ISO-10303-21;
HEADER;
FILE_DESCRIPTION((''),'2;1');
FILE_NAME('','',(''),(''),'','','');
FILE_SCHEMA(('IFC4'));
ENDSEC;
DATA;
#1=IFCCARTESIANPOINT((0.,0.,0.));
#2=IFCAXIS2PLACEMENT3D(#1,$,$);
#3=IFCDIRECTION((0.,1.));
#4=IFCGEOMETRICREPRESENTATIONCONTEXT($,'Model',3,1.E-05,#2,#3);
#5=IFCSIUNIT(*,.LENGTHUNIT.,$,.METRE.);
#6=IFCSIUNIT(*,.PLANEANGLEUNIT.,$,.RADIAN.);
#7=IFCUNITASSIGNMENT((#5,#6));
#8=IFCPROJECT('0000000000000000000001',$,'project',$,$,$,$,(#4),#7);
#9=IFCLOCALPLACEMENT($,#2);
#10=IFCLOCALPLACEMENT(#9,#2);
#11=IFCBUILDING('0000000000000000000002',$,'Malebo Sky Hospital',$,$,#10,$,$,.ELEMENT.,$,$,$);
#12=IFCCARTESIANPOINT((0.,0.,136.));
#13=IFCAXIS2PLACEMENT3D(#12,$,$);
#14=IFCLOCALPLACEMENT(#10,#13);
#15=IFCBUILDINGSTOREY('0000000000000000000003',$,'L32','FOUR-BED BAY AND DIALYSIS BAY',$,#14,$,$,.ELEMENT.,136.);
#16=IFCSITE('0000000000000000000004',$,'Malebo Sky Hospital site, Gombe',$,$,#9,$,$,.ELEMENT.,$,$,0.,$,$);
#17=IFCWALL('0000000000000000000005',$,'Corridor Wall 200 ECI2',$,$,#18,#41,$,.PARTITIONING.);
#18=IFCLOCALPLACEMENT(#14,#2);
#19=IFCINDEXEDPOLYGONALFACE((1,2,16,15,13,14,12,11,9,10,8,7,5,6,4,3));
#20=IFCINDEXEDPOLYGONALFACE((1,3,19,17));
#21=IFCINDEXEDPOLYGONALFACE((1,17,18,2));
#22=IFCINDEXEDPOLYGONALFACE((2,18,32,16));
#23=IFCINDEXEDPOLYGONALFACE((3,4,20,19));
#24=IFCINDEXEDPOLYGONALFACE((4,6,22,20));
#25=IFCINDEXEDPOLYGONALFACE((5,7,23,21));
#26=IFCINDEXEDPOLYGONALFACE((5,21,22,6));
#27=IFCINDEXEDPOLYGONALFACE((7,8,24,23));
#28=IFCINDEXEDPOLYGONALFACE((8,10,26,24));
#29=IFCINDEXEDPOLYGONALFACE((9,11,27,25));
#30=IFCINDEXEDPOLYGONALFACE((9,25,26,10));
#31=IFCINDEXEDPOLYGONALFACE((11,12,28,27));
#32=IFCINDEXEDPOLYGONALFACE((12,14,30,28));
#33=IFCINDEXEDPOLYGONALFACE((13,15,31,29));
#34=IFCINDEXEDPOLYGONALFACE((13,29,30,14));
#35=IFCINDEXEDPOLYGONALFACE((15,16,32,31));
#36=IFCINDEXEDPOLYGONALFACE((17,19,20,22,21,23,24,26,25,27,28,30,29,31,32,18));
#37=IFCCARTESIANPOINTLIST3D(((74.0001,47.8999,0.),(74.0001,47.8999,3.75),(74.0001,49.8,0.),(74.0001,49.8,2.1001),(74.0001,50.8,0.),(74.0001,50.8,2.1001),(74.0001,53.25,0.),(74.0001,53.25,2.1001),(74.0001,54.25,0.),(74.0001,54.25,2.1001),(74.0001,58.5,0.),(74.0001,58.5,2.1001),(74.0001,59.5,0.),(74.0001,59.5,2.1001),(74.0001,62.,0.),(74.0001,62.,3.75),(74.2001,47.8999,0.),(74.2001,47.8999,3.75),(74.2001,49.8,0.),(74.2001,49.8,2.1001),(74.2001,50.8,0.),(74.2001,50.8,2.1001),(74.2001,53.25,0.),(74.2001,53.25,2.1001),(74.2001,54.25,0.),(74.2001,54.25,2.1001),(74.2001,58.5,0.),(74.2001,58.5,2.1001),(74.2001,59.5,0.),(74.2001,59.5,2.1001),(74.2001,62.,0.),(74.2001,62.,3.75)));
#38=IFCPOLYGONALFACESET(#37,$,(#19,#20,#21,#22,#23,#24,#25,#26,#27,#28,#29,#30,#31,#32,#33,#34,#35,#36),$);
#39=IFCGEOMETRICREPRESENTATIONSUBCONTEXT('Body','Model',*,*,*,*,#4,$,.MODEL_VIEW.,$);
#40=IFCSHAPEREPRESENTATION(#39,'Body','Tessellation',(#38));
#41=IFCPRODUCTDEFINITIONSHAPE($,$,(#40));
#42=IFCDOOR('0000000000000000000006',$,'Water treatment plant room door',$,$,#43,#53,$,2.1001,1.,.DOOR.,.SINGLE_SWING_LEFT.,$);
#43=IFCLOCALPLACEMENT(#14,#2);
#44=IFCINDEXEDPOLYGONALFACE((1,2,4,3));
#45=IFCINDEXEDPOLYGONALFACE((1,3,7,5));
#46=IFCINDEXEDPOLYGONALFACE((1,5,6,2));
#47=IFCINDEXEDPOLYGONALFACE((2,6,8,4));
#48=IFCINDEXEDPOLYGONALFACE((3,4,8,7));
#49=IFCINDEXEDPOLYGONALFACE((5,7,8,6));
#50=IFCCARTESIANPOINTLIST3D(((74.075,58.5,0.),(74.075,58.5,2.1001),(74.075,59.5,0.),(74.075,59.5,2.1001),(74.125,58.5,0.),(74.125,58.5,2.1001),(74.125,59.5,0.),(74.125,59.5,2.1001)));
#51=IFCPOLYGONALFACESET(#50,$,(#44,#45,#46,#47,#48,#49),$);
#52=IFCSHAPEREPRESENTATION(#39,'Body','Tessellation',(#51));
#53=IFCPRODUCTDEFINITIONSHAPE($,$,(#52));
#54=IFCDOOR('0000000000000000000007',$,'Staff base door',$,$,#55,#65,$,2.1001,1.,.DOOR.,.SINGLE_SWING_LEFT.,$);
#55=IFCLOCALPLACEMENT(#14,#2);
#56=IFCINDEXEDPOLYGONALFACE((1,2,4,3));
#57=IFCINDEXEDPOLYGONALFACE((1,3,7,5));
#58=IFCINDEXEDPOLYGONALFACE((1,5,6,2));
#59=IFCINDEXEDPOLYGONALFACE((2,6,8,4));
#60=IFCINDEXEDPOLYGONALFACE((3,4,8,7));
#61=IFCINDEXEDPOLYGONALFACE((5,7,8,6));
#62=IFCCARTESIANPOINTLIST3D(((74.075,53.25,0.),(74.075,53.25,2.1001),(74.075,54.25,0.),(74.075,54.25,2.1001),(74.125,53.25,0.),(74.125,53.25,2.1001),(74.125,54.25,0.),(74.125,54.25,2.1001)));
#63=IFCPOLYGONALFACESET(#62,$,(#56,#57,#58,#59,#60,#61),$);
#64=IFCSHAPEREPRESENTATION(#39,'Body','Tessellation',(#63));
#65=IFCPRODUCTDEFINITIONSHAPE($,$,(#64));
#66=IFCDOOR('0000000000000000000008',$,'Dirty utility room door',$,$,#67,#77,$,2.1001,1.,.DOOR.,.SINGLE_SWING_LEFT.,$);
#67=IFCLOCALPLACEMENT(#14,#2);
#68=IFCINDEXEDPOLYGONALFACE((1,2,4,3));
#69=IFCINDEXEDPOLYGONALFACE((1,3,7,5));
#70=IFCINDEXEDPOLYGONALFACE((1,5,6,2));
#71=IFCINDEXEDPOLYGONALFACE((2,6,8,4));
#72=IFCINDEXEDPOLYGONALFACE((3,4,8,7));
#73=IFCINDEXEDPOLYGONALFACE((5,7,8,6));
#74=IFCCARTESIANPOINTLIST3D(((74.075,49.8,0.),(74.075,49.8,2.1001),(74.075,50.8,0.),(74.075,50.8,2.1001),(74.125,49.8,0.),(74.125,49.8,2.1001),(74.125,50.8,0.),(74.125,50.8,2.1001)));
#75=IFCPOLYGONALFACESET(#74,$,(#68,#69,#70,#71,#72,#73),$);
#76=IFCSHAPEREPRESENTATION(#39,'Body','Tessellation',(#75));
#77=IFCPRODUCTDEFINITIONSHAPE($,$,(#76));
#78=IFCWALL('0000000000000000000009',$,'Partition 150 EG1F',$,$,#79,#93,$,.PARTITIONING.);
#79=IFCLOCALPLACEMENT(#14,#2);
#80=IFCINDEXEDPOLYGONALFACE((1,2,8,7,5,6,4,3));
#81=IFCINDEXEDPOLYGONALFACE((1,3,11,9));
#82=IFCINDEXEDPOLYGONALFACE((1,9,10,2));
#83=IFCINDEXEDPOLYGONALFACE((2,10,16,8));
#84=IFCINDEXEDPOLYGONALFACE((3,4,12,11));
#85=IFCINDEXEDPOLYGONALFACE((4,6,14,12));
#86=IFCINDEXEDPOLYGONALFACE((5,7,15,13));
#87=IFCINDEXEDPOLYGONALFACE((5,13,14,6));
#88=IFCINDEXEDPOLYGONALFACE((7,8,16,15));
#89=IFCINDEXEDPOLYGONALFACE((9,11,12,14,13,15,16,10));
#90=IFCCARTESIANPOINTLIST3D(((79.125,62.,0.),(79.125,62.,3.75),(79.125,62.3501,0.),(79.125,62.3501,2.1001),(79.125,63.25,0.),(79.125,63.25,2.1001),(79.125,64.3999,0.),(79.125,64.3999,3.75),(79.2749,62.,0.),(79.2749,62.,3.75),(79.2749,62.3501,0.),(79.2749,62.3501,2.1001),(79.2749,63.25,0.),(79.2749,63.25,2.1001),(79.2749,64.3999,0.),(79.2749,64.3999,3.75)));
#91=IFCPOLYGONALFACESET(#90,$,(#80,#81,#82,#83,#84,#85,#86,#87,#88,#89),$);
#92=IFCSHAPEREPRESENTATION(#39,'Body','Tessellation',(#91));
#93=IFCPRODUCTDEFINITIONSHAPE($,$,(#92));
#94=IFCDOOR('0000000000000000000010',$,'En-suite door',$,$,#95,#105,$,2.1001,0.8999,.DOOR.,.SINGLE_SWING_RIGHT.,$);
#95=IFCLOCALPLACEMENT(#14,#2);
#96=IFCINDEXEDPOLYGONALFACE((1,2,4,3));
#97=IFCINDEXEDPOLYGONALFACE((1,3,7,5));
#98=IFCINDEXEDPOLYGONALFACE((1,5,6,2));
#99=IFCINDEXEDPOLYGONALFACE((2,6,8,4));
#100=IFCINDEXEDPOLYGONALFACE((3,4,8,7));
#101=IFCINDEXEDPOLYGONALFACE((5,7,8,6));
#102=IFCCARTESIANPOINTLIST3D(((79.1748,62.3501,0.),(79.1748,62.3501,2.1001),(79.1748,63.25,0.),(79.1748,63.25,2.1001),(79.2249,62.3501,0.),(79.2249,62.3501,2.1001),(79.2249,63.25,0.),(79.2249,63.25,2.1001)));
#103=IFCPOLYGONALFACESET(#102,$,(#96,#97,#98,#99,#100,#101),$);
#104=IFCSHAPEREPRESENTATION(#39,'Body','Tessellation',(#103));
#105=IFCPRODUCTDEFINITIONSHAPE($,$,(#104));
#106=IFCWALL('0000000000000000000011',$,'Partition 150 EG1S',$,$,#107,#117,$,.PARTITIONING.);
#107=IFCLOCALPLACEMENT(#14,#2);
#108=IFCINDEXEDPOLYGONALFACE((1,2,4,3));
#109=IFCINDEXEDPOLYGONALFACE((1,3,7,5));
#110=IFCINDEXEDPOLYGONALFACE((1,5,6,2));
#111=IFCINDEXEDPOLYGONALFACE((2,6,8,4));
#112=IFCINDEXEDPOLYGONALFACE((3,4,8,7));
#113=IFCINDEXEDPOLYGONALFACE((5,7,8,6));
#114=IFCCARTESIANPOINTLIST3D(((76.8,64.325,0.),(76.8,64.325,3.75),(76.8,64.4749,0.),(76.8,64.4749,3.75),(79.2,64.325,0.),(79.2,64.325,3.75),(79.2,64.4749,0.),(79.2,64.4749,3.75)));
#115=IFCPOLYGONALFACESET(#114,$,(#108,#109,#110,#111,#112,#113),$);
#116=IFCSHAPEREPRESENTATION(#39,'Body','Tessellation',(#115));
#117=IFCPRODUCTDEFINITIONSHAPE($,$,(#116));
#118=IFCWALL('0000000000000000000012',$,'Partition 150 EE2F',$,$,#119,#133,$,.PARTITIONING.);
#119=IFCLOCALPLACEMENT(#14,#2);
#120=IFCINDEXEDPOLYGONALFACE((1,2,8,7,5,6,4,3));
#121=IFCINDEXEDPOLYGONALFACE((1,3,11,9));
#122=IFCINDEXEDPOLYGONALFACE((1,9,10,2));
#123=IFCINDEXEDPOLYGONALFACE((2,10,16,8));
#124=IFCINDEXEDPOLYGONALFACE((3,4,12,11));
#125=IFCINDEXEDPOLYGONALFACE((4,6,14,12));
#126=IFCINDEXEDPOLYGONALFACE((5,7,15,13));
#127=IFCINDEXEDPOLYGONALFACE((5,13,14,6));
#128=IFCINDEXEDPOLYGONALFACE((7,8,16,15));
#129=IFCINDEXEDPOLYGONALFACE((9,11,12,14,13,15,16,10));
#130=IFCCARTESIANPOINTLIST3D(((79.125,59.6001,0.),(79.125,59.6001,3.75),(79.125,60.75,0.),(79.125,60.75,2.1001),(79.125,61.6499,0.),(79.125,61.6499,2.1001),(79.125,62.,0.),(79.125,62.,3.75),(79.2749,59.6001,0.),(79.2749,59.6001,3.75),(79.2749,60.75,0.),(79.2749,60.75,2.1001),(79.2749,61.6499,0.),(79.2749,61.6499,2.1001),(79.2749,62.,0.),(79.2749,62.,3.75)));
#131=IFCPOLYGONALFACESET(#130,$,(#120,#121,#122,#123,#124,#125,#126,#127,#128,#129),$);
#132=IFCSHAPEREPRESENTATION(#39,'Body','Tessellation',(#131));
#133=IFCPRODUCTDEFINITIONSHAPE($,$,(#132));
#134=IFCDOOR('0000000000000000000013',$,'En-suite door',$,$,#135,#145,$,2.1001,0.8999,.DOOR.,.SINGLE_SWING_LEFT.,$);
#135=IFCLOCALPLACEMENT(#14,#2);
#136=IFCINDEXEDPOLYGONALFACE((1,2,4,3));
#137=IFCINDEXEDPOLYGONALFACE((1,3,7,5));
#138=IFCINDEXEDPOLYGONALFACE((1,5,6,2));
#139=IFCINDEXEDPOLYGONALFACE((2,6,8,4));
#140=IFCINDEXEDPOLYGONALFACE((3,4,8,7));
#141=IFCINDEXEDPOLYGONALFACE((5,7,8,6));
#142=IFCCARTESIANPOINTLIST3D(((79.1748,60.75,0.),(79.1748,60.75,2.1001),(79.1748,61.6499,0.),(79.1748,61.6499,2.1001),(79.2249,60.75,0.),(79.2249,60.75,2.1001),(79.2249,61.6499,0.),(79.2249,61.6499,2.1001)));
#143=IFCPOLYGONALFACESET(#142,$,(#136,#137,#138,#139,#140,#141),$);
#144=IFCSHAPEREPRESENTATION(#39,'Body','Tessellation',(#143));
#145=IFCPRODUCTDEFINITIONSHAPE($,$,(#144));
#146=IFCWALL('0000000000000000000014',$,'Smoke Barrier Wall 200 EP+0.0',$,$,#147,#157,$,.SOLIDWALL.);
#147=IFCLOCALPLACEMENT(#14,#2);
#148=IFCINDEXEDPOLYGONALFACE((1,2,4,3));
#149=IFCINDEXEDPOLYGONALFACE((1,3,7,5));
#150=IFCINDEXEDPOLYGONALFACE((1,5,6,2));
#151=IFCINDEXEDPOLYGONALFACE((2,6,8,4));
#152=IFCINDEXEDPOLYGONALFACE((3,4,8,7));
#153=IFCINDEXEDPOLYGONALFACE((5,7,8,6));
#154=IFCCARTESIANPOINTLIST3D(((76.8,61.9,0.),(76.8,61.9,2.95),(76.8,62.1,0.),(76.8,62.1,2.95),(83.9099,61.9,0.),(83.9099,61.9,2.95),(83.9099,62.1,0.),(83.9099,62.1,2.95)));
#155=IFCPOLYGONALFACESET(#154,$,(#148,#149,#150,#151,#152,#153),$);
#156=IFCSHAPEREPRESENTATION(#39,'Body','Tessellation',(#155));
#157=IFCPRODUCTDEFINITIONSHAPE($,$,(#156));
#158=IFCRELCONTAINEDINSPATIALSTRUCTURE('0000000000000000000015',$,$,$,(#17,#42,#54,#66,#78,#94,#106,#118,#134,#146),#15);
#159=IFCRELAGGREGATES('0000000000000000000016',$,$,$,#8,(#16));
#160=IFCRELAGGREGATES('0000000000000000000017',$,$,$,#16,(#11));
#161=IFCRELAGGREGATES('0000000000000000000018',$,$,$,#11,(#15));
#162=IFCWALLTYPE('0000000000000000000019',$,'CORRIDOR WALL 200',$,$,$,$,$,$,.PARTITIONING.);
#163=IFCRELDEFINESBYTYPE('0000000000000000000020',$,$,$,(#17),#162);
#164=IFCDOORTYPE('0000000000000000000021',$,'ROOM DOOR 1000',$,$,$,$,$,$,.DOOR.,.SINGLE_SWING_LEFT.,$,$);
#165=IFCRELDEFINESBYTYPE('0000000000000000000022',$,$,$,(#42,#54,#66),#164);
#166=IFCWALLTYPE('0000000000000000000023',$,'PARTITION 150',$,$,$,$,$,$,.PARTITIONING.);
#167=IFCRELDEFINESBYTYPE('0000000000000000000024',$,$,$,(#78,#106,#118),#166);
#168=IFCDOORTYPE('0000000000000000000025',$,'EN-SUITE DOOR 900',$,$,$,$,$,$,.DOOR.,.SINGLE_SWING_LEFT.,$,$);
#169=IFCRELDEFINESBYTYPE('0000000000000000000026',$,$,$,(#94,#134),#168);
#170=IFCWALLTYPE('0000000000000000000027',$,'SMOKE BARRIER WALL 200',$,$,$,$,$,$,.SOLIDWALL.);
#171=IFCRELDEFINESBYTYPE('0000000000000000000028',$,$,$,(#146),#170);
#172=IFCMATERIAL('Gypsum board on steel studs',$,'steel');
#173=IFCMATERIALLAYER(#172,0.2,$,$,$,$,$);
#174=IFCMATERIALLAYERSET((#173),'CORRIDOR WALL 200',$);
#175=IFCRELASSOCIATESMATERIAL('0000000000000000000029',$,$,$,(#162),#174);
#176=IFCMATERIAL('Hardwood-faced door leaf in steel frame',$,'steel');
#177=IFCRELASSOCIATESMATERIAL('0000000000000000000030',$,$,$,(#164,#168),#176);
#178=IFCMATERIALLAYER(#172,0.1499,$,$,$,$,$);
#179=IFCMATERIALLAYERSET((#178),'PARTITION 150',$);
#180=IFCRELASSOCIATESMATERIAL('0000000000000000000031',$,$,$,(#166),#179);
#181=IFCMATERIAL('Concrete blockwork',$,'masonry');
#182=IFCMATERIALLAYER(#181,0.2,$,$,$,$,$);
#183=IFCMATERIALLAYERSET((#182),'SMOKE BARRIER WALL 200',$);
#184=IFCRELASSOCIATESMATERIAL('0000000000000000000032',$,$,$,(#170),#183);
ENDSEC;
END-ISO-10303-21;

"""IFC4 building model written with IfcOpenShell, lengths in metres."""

from ifc_helpers import new_model, si_unit, direction, frame, frame_2d, origin, place, context, subcontext, project, spatial, rectangle, extrude, material, layer, layer_set, type_object, element, fill, save


model = new_model("IFC4")

# Units and contexts
model_context = context("Model", 3, precision=1e-05, world=origin(), true_north=direction((0.0, 1.0)))
body_context = subcontext(model_context, "Body", "Model", "MODEL_VIEW")
ifc_project = project(units=[si_unit("LENGTHUNIT", "METRE"), si_unit("PLANEANGLEUNIT", "RADIAN")], contexts=[model_context])

# Site, building, storey
site_placement = place(None, origin())
site = spatial("IfcSite", under=ifc_project, at=site_placement, Name="Malebo Sky Hospital site, Gombe", CompositionType="ELEMENT", RefElevation=0.0)
building_placement = place(site_placement, origin())
building = spatial("IfcBuilding", under=site, at=building_placement, Name="Malebo Sky Hospital", CompositionType="ELEMENT")
storey_placement = place(building_placement, frame((0.0, 0.0, 136.0)))
storey = spatial("IfcBuildingStorey", under=building, at=storey_placement, Name="L32", Description="FOUR-BED BAY AND DIALYSIS BAY", CompositionType="ELEMENT", Elevation=136.0)

# Wall, openings, doors
ifc_material_1 = material(Name="Gypsum board on steel studs", Category="steel")
ifc_layer_1 = layer(ifc_material_1, 0.2)
ifc_layer_set_1 = layer_set([ifc_layer_1], Name="CORRIDOR WALL 200")
wall_type_1 = type_object("IfcWallType", Name="CORRIDOR WALL 200", PredefinedType="PARTITIONING", material=ifc_layer_set_1)
wall_1_placement = place(storey_placement, frame((74.1001, 62.0, 0.0), z_axis=(0.0, 0.0, 1.0), x_axis=(0.0, -1.0, 0.0)))
wall_1 = element("IfcWall", 1, at=wall_1_placement, inside=storey, type_object=wall_type_1, Name="Corridor Wall 200 ECI2", PredefinedType="PARTITIONING", context=body_context, shape_type="SweptSolid", body=[
    extrude(rectangle(XDim=14.1001, YDim=0.2, at=frame_2d((7.05, 0.0))), origin(), (0.0, 0.0, 1.0), 3.75),
])
opening_1_placement = place(wall_1_placement, frame((2.5, 0.0, 0.0)))
opening_1 = element("IfcOpeningElement", 2, at=opening_1_placement, cuts=wall_1, PredefinedType="OPENING", context=body_context, shape_type="SweptSolid", body=[
    extrude(rectangle(XDim=1.0, YDim=2.1001, at=frame_2d((0.5, 1.05))), frame((0.0, 0.1099, 0.0), z_axis=(0.0, -1.0, 0.0), x_axis=(1.0, 0.0, 0.0)), (0.0, 0.0, 1.0), 0.22),
])
opening_2_placement = place(wall_1_placement, frame((7.75, 0.0, 0.0)))
opening_2 = element("IfcOpeningElement", 3, at=opening_2_placement, cuts=wall_1, PredefinedType="OPENING", context=body_context, shape_type="SweptSolid", body=[
    extrude(rectangle(XDim=1.0, YDim=2.1001, at=frame_2d((0.5, 1.05))), frame((0.0, 0.1099, 0.0), z_axis=(0.0, -1.0, 0.0), x_axis=(1.0, 0.0, 0.0)), (0.0, 0.0, 1.0), 0.22),
])
opening_3_placement = place(wall_1_placement, frame((11.2, 0.0, 0.0)))
opening_3 = element("IfcOpeningElement", 4, at=opening_3_placement, cuts=wall_1, PredefinedType="OPENING", context=body_context, shape_type="SweptSolid", body=[
    extrude(rectangle(XDim=1.0, YDim=2.1001, at=frame_2d((0.5, 1.05))), frame((0.0, 0.1099, 0.0), z_axis=(0.0, -1.0, 0.0), x_axis=(1.0, 0.0, 0.0)), (0.0, 0.0, 1.0), 0.22),
])
ifc_material_2 = material(Name="Hardwood-faced door leaf in steel frame", Category="steel")
door_type_1 = type_object("IfcDoorType", Name="ROOM DOOR 1000", OperationType="SINGLE_SWING_LEFT", PredefinedType="DOOR", material=ifc_material_2)
door_1_placement = place(opening_1_placement, origin())
door_1 = element("IfcDoor", 5, at=door_1_placement, inside=storey, type_object=door_type_1, Name="Water treatment plant room door", OperationType="SINGLE_SWING_LEFT", OverallHeight=2.1001, OverallWidth=1.0, PredefinedType="DOOR", context=body_context, shape_type="SweptSolid", body=[
    extrude(rectangle(XDim=1.0, YDim=2.1001, at=frame_2d((0.5, 1.05))), frame((0.0, 0.0249, 0.0), z_axis=(0.0, -1.0, 0.0), x_axis=(1.0, 0.0, 0.0)), (0.0, 0.0, 1.0), 0.05),
])
fill(opening_1, door_1)
door_2_placement = place(opening_2_placement, origin())
door_2 = element("IfcDoor", 6, at=door_2_placement, inside=storey, type_object=door_type_1, Name="Staff base door", OperationType="SINGLE_SWING_LEFT", OverallHeight=2.1001, OverallWidth=1.0, PredefinedType="DOOR", context=body_context, shape_type="SweptSolid", body=[
    extrude(rectangle(XDim=1.0, YDim=2.1001, at=frame_2d((0.5, 1.05))), frame((0.0, 0.0249, 0.0), z_axis=(0.0, -1.0, 0.0), x_axis=(1.0, 0.0, 0.0)), (0.0, 0.0, 1.0), 0.05),
])
fill(opening_2, door_2)
door_3_placement = place(opening_3_placement, origin())
door_3 = element("IfcDoor", 7, at=door_3_placement, inside=storey, type_object=door_type_1, Name="Dirty utility room door", OperationType="SINGLE_SWING_LEFT", OverallHeight=2.1001, OverallWidth=1.0, PredefinedType="DOOR", context=body_context, shape_type="SweptSolid", body=[
    extrude(rectangle(XDim=1.0, YDim=2.1001, at=frame_2d((0.5, 1.05))), frame((0.0, 0.0249, 0.0), z_axis=(0.0, -1.0, 0.0), x_axis=(1.0, 0.0, 0.0)), (0.0, 0.0, 1.0), 0.05),
])
fill(opening_3, door_3)

# Wall, opening, door
ifc_layer_2 = layer(ifc_material_1, 0.1499)
ifc_layer_set_2 = layer_set([ifc_layer_2], Name="PARTITION 150")
wall_type_2 = type_object("IfcWallType", Name="PARTITION 150", PredefinedType="PARTITIONING", material=ifc_layer_set_2)
wall_2_placement = place(storey_placement, frame((79.2, 64.3999, 0.0), z_axis=(0.0, 0.0, 1.0), x_axis=(0.0, -1.0, 0.0)))
wall_2 = element("IfcWall", 8, at=wall_2_placement, inside=storey, type_object=wall_type_2, Name="Partition 150 EG1F", PredefinedType="PARTITIONING", context=body_context, shape_type="SweptSolid", body=[
    extrude(rectangle(XDim=2.3999, YDim=0.1499, at=frame_2d((1.2, 0.0))), origin(), (0.0, 0.0, 1.0), 3.75),
])
opening_4_placement = place(wall_2_placement, frame((1.1499, 0.0, 0.0)))
opening_4 = element("IfcOpeningElement", 9, at=opening_4_placement, cuts=wall_2, PredefinedType="OPENING", context=body_context, shape_type="SweptSolid", body=[
    extrude(rectangle(XDim=0.8999, YDim=2.1001, at=frame_2d((0.45, 1.05))), frame((0.0, 0.085, 0.0), z_axis=(0.0, -1.0, 0.0), x_axis=(1.0, 0.0, 0.0)), (0.0, 0.0, 1.0), 0.1699),
])
door_type_2 = type_object("IfcDoorType", Name="EN-SUITE DOOR 900", OperationType="SINGLE_SWING_LEFT", PredefinedType="DOOR", material=ifc_material_2)
door_4_placement = place(opening_4_placement, origin())
door_4 = element("IfcDoor", 10, at=door_4_placement, inside=storey, type_object=door_type_2, Name="En-suite door", OperationType="SINGLE_SWING_RIGHT", OverallHeight=2.1001, OverallWidth=0.8999, PredefinedType="DOOR", context=body_context, shape_type="SweptSolid", body=[
    extrude(rectangle(XDim=0.8999, YDim=2.1001, at=frame_2d((0.45, 1.05))), frame((0.0, 0.0249, 0.0), z_axis=(0.0, -1.0, 0.0), x_axis=(1.0, 0.0, 0.0)), (0.0, 0.0, 1.0), 0.05),
])
fill(opening_4, door_4)

# Wall
wall_3_placement = place(storey_placement, frame((76.8, 64.3999, 0.0), z_axis=(0.0, 0.0, 1.0), x_axis=(1.0, 0.0, 0.0)))
element("IfcWall", 11, at=wall_3_placement, inside=storey, type_object=wall_type_2, Name="Partition 150 EG1S", PredefinedType="PARTITIONING", context=body_context, shape_type="SweptSolid", body=[
    extrude(rectangle(XDim=2.3999, YDim=0.1499, at=frame_2d((1.2, 0.0))), origin(), (0.0, 0.0, 1.0), 3.75),
])

# Wall, opening, door
wall_4_placement = place(storey_placement, frame((79.2, 62.0, 0.0), z_axis=(0.0, 0.0, 1.0), x_axis=(0.0, -1.0, 0.0)))
wall_4 = element("IfcWall", 12, at=wall_4_placement, inside=storey, type_object=wall_type_2, Name="Partition 150 EE2F", PredefinedType="PARTITIONING", context=body_context, shape_type="SweptSolid", body=[
    extrude(rectangle(XDim=2.3999, YDim=0.1499, at=frame_2d((1.2, 0.0))), origin(), (0.0, 0.0, 1.0), 3.75),
])
opening_5_placement = place(wall_4_placement, frame((0.3501, 0.0, 0.0)))
opening_5 = element("IfcOpeningElement", 13, at=opening_5_placement, cuts=wall_4, PredefinedType="OPENING", context=body_context, shape_type="SweptSolid", body=[
    extrude(rectangle(XDim=0.8999, YDim=2.1001, at=frame_2d((0.45, 1.05))), frame((0.0, 0.085, 0.0), z_axis=(0.0, -1.0, 0.0), x_axis=(1.0, 0.0, 0.0)), (0.0, 0.0, 1.0), 0.1699),
])
door_5_placement = place(opening_5_placement, origin())
door_5 = element("IfcDoor", 14, at=door_5_placement, inside=storey, type_object=door_type_2, Name="En-suite door", OperationType="SINGLE_SWING_LEFT", OverallHeight=2.1001, OverallWidth=0.8999, PredefinedType="DOOR", context=body_context, shape_type="SweptSolid", body=[
    extrude(rectangle(XDim=0.8999, YDim=2.1001, at=frame_2d((0.45, 1.05))), frame((0.0, 0.0249, 0.0), z_axis=(0.0, -1.0, 0.0), x_axis=(1.0, 0.0, 0.0)), (0.0, 0.0, 1.0), 0.05),
])
fill(opening_5, door_5)

# Wall
ifc_material_3 = material(Name="Concrete blockwork", Category="masonry")
ifc_layer_3 = layer(ifc_material_3, 0.2)
ifc_layer_set_3 = layer_set([ifc_layer_3], Name="SMOKE BARRIER WALL 200")
wall_type_3 = type_object("IfcWallType", Name="SMOKE BARRIER WALL 200", PredefinedType="SOLIDWALL", material=ifc_layer_set_3)
wall_5_placement = place(storey_placement, frame((76.8, 62.0, 0.0), z_axis=(0.0, 0.0, 1.0), x_axis=(1.0, 0.0, 0.0)))
element("IfcWall", 15, at=wall_5_placement, inside=storey, type_object=wall_type_3, Name="Smoke Barrier Wall 200 EP+0.0", PredefinedType="SOLIDWALL", context=body_context, shape_type="SweptSolid", body=[
    extrude(rectangle(XDim=7.1099, YDim=0.2, at=frame_2d((3.5549, 0.0))), origin(), (0.0, 0.0, 1.0), 2.95),
])

save(model, "model.ifc")
